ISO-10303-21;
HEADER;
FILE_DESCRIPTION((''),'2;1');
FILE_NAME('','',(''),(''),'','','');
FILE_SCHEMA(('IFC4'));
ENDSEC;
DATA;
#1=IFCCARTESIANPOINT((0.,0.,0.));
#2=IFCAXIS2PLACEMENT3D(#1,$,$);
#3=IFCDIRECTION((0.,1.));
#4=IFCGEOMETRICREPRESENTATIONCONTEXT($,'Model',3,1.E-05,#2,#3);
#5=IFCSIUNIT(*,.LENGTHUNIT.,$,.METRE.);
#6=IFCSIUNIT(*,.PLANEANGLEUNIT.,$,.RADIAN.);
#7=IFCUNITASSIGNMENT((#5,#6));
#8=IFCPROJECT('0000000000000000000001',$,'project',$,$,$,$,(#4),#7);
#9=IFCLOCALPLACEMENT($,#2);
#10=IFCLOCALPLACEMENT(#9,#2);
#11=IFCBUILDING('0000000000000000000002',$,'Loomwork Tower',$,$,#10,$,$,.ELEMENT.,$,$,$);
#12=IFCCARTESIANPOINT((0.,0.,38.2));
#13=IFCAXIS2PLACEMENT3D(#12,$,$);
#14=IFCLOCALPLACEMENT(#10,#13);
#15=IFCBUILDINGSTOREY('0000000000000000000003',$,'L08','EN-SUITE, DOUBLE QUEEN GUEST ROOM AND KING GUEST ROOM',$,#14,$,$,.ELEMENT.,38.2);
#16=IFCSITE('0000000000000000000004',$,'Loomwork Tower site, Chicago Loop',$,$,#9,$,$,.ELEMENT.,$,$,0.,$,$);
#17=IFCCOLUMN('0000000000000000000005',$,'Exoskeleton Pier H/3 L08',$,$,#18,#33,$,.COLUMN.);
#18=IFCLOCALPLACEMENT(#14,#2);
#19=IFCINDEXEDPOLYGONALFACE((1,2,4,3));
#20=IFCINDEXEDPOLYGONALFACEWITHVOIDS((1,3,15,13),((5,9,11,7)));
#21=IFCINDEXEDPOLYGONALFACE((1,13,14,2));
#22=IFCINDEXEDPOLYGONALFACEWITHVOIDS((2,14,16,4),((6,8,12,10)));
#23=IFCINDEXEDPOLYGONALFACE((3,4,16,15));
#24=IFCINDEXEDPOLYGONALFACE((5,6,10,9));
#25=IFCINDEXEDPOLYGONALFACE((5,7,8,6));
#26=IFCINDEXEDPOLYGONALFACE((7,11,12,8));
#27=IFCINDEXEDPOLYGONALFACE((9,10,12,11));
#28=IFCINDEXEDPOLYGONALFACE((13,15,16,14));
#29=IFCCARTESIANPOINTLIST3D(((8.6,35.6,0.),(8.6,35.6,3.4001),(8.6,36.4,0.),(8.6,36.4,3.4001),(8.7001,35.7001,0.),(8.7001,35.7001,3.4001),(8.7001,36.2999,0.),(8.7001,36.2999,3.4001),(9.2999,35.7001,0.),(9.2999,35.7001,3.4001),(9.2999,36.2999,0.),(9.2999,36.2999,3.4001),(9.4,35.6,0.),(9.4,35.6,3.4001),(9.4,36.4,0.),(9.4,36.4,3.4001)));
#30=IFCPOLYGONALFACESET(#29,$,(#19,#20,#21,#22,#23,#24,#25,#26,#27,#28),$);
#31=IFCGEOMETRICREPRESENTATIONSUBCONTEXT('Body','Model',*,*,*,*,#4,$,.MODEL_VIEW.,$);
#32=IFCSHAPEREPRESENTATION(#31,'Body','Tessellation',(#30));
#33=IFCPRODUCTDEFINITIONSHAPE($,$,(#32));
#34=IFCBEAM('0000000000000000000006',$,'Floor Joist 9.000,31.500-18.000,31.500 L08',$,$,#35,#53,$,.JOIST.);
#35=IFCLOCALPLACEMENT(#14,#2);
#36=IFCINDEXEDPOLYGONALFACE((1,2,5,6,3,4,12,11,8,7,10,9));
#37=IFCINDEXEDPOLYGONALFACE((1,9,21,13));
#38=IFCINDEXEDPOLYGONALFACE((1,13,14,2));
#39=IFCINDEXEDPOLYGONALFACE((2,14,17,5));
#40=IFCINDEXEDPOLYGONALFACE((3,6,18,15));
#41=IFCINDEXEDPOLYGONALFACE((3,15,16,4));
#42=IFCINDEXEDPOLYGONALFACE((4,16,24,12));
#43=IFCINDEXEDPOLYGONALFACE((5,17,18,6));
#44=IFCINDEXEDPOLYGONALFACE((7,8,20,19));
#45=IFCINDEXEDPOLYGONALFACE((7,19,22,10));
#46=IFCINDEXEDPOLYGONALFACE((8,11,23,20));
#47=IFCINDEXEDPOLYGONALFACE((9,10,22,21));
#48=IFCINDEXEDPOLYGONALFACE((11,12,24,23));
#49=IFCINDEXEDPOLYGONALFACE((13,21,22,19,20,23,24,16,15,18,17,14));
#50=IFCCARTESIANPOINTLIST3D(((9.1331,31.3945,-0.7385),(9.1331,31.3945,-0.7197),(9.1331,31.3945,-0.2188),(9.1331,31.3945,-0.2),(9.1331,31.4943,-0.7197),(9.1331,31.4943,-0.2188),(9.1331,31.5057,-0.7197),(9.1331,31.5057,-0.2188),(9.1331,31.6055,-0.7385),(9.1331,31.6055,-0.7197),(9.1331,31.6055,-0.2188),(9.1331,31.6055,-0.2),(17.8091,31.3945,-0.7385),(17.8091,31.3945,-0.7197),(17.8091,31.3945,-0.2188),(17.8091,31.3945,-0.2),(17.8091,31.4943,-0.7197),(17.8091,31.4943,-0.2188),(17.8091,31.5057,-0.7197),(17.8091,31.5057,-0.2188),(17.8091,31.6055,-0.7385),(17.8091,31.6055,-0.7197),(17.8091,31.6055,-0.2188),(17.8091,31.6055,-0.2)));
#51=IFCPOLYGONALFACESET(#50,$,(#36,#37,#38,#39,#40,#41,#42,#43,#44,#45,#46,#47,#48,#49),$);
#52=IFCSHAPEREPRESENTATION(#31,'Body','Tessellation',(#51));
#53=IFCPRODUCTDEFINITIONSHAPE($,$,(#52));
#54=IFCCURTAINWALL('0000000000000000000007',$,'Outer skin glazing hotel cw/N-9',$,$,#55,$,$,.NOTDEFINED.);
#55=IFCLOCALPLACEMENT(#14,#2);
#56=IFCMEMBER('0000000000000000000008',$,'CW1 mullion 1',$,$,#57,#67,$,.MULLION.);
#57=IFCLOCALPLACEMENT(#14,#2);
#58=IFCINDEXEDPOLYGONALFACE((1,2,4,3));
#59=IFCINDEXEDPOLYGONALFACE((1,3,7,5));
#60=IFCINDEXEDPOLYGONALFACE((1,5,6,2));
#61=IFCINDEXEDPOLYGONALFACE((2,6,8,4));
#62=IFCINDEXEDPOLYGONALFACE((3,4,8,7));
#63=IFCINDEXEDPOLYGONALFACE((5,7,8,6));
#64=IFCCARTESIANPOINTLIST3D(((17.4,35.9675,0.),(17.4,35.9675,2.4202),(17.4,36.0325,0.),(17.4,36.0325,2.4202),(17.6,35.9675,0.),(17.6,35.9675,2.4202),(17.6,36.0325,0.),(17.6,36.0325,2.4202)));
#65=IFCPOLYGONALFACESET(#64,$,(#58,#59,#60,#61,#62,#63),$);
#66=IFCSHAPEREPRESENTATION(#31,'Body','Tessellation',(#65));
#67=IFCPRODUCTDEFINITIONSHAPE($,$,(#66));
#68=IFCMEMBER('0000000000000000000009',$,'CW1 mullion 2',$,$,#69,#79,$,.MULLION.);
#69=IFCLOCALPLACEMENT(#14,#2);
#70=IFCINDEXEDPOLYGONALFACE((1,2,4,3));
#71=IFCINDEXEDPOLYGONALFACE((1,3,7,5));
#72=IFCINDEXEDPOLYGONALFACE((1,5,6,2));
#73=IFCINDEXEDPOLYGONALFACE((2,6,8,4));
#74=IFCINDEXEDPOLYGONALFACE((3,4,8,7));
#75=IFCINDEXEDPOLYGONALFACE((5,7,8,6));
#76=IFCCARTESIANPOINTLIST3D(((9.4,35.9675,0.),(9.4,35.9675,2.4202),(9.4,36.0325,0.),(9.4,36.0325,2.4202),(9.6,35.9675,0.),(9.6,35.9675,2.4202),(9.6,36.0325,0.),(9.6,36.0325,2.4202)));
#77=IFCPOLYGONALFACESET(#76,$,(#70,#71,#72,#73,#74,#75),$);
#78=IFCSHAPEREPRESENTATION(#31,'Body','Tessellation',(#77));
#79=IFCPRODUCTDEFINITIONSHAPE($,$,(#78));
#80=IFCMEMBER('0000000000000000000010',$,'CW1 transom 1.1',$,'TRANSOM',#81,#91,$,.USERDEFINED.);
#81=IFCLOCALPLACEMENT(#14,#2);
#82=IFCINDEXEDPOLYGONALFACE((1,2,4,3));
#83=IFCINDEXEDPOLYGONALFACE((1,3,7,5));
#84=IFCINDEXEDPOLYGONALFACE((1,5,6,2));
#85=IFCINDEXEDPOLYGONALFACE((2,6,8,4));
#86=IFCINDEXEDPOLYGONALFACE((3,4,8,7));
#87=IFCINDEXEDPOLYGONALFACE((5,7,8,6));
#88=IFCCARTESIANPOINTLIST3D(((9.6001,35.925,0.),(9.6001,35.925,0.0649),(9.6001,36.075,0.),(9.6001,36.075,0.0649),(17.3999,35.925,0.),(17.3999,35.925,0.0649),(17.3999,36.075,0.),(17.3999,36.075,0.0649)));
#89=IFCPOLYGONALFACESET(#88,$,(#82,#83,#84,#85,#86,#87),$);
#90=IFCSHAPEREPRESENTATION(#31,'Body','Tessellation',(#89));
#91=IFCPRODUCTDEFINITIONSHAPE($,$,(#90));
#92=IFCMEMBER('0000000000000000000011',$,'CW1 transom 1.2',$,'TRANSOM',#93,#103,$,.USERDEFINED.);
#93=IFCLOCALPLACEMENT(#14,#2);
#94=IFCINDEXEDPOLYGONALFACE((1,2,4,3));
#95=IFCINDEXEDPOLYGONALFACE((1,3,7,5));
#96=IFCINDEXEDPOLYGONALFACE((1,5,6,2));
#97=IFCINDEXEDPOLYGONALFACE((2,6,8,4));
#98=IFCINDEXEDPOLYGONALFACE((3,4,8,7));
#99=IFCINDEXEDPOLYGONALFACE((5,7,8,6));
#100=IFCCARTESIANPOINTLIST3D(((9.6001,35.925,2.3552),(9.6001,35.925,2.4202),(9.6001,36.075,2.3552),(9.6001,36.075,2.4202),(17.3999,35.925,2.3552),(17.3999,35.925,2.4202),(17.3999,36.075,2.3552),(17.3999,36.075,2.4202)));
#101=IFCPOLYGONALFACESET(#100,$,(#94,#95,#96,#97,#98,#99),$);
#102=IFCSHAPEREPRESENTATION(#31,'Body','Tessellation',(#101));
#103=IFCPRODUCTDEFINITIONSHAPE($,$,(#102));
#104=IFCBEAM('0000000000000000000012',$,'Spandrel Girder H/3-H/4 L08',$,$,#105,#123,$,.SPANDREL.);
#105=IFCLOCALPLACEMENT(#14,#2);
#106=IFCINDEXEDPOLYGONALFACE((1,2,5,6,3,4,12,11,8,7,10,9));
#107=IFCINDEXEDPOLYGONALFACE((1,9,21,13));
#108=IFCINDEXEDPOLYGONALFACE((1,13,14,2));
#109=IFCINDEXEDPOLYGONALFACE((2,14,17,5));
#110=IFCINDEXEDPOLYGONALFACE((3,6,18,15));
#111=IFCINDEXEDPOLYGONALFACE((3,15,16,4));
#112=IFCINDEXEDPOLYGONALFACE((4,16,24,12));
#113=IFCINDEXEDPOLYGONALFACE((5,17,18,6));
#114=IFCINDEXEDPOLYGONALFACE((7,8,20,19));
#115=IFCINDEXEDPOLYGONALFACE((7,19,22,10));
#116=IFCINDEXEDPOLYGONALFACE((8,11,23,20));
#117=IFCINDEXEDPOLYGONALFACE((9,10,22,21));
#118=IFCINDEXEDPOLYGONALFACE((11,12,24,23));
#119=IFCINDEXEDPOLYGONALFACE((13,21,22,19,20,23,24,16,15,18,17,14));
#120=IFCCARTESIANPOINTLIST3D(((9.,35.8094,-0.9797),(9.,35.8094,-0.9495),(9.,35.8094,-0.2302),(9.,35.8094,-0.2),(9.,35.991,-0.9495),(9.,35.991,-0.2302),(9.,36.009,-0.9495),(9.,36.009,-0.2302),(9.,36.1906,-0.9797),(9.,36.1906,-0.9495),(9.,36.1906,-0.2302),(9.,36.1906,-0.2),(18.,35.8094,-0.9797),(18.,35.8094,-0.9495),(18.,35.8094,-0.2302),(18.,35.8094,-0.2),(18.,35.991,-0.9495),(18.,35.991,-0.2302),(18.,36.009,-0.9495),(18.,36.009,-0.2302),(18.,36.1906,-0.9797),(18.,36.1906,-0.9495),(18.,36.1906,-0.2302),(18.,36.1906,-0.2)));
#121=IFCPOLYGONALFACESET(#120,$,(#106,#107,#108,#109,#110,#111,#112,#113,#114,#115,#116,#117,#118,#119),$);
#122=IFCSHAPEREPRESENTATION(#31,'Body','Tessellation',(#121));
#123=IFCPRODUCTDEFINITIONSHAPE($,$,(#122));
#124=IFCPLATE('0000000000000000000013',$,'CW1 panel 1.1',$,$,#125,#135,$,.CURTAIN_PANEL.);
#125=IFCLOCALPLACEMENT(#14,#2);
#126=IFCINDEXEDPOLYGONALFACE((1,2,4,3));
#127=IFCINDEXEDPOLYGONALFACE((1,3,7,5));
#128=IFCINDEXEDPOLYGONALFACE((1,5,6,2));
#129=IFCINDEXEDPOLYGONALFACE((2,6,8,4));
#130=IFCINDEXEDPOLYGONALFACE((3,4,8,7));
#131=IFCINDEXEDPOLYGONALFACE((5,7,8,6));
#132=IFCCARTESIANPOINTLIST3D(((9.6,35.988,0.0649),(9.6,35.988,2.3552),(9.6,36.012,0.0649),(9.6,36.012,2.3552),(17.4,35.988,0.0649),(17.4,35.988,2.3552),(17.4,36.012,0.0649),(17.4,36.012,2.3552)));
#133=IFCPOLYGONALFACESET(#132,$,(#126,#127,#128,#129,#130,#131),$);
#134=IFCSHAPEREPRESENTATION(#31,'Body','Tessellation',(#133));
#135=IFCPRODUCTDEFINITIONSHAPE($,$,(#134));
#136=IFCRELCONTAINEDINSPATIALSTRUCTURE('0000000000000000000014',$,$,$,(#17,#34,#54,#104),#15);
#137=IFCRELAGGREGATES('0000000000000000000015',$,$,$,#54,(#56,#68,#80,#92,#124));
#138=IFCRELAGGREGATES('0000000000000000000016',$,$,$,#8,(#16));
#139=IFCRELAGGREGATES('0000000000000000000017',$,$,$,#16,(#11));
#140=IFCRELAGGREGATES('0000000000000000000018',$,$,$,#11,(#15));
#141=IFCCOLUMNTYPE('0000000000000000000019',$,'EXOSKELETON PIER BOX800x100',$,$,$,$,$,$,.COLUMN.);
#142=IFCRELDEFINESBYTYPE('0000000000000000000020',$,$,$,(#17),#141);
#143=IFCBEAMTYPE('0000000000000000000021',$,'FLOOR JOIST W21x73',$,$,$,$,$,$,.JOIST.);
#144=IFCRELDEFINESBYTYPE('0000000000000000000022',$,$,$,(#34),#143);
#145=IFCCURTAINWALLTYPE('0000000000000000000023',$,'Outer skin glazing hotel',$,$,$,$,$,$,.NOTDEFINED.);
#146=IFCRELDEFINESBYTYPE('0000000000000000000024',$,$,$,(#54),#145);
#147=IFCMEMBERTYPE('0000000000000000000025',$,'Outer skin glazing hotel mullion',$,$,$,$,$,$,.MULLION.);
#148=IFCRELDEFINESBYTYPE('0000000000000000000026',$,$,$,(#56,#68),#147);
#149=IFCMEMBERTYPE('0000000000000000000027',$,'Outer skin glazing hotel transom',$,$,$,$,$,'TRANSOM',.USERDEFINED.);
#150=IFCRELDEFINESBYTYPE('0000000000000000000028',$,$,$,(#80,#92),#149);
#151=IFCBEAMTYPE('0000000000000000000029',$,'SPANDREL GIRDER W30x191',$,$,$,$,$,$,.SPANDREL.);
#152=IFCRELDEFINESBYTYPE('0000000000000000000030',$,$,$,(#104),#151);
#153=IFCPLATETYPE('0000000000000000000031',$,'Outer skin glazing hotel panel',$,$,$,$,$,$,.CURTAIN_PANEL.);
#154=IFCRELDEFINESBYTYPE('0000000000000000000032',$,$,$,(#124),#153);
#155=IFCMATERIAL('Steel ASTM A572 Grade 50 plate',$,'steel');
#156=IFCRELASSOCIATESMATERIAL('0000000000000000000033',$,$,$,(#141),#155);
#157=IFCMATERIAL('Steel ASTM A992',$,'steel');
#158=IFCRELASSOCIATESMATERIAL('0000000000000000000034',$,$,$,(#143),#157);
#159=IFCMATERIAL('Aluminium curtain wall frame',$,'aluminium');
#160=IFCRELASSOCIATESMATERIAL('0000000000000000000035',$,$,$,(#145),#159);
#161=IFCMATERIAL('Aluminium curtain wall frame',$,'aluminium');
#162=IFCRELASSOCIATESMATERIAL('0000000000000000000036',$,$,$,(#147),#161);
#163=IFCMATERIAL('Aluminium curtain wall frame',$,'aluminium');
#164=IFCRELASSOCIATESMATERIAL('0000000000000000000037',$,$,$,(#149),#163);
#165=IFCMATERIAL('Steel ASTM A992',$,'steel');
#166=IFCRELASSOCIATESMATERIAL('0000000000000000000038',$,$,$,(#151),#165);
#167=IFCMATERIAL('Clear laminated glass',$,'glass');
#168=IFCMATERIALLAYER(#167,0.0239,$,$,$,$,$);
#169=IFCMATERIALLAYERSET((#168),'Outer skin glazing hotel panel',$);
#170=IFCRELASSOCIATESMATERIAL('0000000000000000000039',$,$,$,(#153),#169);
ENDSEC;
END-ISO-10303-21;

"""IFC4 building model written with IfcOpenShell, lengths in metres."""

from ifc_helpers import new_model, si_unit, direction, frame, origin, origin_2d, place, context, subcontext, project, spatial, rectangle, hollow_rectangle, i_section, extrude, material, layer, layer_set, material_profile, profile_set, type_object, element, aggregate, save


model = new_model("IFC4")

# Units and contexts
model_context = context("Model", 3, precision=1e-05, world=origin(), true_north=direction((0.0, 1.0)))
body_context = subcontext(model_context, "Body", "Model", "MODEL_VIEW")
ifc_project = project(units=[si_unit("LENGTHUNIT", "METRE"), si_unit("PLANEANGLEUNIT", "RADIAN")], contexts=[model_context])

# Site, building, storey
site_placement = place(None, origin())
site = spatial("IfcSite", under=ifc_project, at=site_placement, Name="Loomwork Tower site, Chicago Loop", CompositionType="ELEMENT", RefElevation=0.0)
building_placement = place(site_placement, origin())
building = spatial("IfcBuilding", under=site, at=building_placement, Name="Loomwork Tower", CompositionType="ELEMENT")
storey_placement = place(building_placement, frame((0.0, 0.0, 38.2)))
storey = spatial("IfcBuildingStorey", under=building, at=storey_placement, Name="L08", Description="EN-SUITE, DOUBLE QUEEN GUEST ROOM AND KING GUEST ROOM", CompositionType="ELEMENT", Elevation=38.2)

# Column
ifc_material_1 = material(Name="Steel ASTM A572 Grade 50 plate", Category="steel")
ifc_material_profile_1 = material_profile(ifc_material_1, hollow_rectangle(XDim=0.8, YDim=0.8, WallThickness=0.1001, at=origin_2d()), Name="BOX800x100")
ifc_profile_set_1 = profile_set([ifc_material_profile_1], Name="Steel ASTM A572 Grade 50 plate")
column_type = type_object("IfcColumnType", Name="EXOSKELETON PIER BOX800x100", PredefinedType="COLUMN", material=ifc_profile_set_1)
column_placement = place(storey_placement, frame((9.0, 36.0, 0.0), z_axis=(0.0, 0.0, 1.0), x_axis=(1.0, 0.0, 0.0)))
element("IfcColumn", 1, at=column_placement, inside=storey, type_object=column_type, Name="Exoskeleton Pier H/3 L08", PredefinedType="COLUMN", context=body_context, shape_type="SweptSolid", body=[
    extrude(hollow_rectangle(XDim=0.8, YDim=0.8, WallThickness=0.1001, at=origin_2d()), origin(), (0.0, 0.0, 1.0), 3.4001),
])

# Beam
ifc_material_2 = material(Name="Steel ASTM A992", Category="steel")
ifc_material_profile_2 = material_profile(ifc_material_2, i_section(OverallWidth=0.2109, OverallDepth=0.5386, WebThickness=0.0115, FlangeThickness=0.0188, at=origin_2d()), Name="W21x73")
ifc_profile_set_2 = profile_set([ifc_material_profile_2], Name="Steel ASTM A992")
beam_type_1 = type_object("IfcBeamType", Name="FLOOR JOIST W21x73", PredefinedType="JOIST", material=ifc_profile_set_2)
beam_1_placement = place(storey_placement, frame((9.1331, 31.5, -0.4692), z_axis=(1.0, 0.0, 0.0), x_axis=(0.0, 1.0, 0.0)))
element("IfcBeam", 2, at=beam_1_placement, inside=storey, type_object=beam_type_1, Name="Floor Joist 9.000,31.500-18.000,31.500 L08", PredefinedType="JOIST", context=body_context, shape_type="SweptSolid", body=[
    extrude(i_section(OverallWidth=0.2109, OverallDepth=0.5386, WebThickness=0.0115, FlangeThickness=0.0188, at=origin_2d()), origin(), (0.0, 0.0, 1.0), 8.676),
])

# Curtain wall, members
ifc_material_3 = material(Name="Aluminium curtain wall frame", Category="aluminium")
curtain_wall_type = type_object("IfcCurtainWallType", Name="Outer skin glazing hotel", PredefinedType="NOTDEFINED", material=ifc_material_3)
curtain_wall_placement = place(storey_placement, origin())
curtain_wall = element("IfcCurtainWall", 3, at=curtain_wall_placement, inside=storey, type_object=curtain_wall_type, Name="Outer skin glazing hotel cw/N-9", PredefinedType="NOTDEFINED")
ifc_material_4 = material(Name="Aluminium curtain wall frame", Category="aluminium")
ifc_material_profile_3 = material_profile(ifc_material_4, rectangle(XDim=0.0649, YDim=0.2, at=origin_2d()), Name="AL 65x200")
ifc_profile_set_3 = profile_set([ifc_material_profile_3], Name="Aluminium curtain wall frame")
member_type_1 = type_object("IfcMemberType", Name="Outer skin glazing hotel mullion", PredefinedType="MULLION", material=ifc_profile_set_3)
member_1_placement = place(storey_placement, frame((17.5, 36.0, 0.0), z_axis=(0.0, 0.0, 1.0), x_axis=(0.0, -1.0, 0.0)))
member_1 = element("IfcMember", 4, at=member_1_placement, type_object=member_type_1, Name="CW1 mullion 1", PredefinedType="MULLION", context=body_context, shape_type="SweptSolid", body=[
    extrude(rectangle(XDim=0.0649, YDim=0.2, at=origin_2d()), origin(), (0.0, 0.0, 1.0), 2.4202),
])
member_2_placement = place(storey_placement, frame((9.5, 36.0, 0.0), z_axis=(0.0, 0.0, 1.0), x_axis=(0.0, -1.0, 0.0)))
member_2 = element("IfcMember", 5, at=member_2_placement, type_object=member_type_1, Name="CW1 mullion 2", PredefinedType="MULLION", context=body_context, shape_type="SweptSolid", body=[
    extrude(rectangle(XDim=0.0649, YDim=0.2, at=origin_2d()), origin(), (0.0, 0.0, 1.0), 2.4202),
])
ifc_material_5 = material(Name="Aluminium curtain wall frame", Category="aluminium")
ifc_material_profile_4 = material_profile(ifc_material_5, rectangle(XDim=0.1499, YDim=0.0649, at=origin_2d()), Name="AL 65x150")
ifc_profile_set_4 = profile_set([ifc_material_profile_4], Name="Aluminium curtain wall frame")
member_type_2 = type_object("IfcMemberType", Name="Outer skin glazing hotel transom", ElementType="TRANSOM", PredefinedType="USERDEFINED", material=ifc_profile_set_4)
member_3_placement = place(storey_placement, frame((17.3999, 36.0, 0.0325), z_axis=(-1.0, 0.0, 0.0), x_axis=(0.0, -1.0, 0.0)))
member_3 = element("IfcMember", 6, at=member_3_placement, type_object=member_type_2, Name="CW1 transom 1.1", ObjectType="TRANSOM", PredefinedType="USERDEFINED", context=body_context, shape_type="SweptSolid", body=[
    extrude(rectangle(XDim=0.1499, YDim=0.0649, at=origin_2d()), origin(), (0.0, 0.0, 1.0), 7.7998),
])
member_4_placement = place(storey_placement, frame((17.3999, 36.0, 2.3877), z_axis=(-1.0, 0.0, 0.0), x_axis=(0.0, -1.0, 0.0)))
member_4 = element("IfcMember", 7, at=member_4_placement, type_object=member_type_2, Name="CW1 transom 1.2", ObjectType="TRANSOM", PredefinedType="USERDEFINED", context=body_context, shape_type="SweptSolid", body=[
    extrude(rectangle(XDim=0.1499, YDim=0.0649, at=origin_2d()), origin(), (0.0, 0.0, 1.0), 7.7998),
])

# Beam
ifc_material_6 = material(Name="Steel ASTM A992", Category="steel")
ifc_material_profile_5 = material_profile(ifc_material_6, i_section(OverallWidth=0.3811, OverallDepth=0.7798, WebThickness=0.0181, FlangeThickness=0.0303, at=origin_2d()), Name="W30x191")
ifc_profile_set_5 = profile_set([ifc_material_profile_5], Name="Steel ASTM A992")
beam_type_2 = type_object("IfcBeamType", Name="SPANDREL GIRDER W30x191", PredefinedType="SPANDREL", material=ifc_profile_set_5)
beam_2_placement = place(storey_placement, frame((9.0, 36.0, -0.5898), z_axis=(1.0, 0.0, 0.0), x_axis=(0.0, 1.0, 0.0)))
element("IfcBeam", 8, at=beam_2_placement, inside=storey, type_object=beam_type_2, Name="Spandrel Girder H/3-H/4 L08", PredefinedType="SPANDREL", context=body_context, shape_type="SweptSolid", body=[
    extrude(i_section(OverallWidth=0.3811, OverallDepth=0.7798, WebThickness=0.0181, FlangeThickness=0.0303, at=origin_2d()), origin(), (0.0, 0.0, 1.0), 9.0),
])

# Plate
ifc_material_7 = material(Name="Clear laminated glass", Category="glass")
ifc_layer_1 = layer(ifc_material_7, 0.0239)
ifc_layer_set_1 = layer_set([ifc_layer_1], Name="Outer skin glazing hotel panel")
plate_type = type_object("IfcPlateType", Name="Outer skin glazing hotel panel", PredefinedType="CURTAIN_PANEL", material=ifc_layer_set_1)
plate_placement = place(storey_placement, frame((13.5, 36.0, 0.0649), z_axis=(0.0, 0.0, 1.0), x_axis=(-1.0, 0.0, 0.0)))
plate = element("IfcPlate", 9, at=plate_placement, type_object=plate_type, Name="CW1 panel 1.1", PredefinedType="CURTAIN_PANEL", context=body_context, shape_type="SweptSolid", body=[
    extrude(rectangle(XDim=7.8, YDim=0.0239, at=origin_2d()), origin(), (0.0, 0.0, 1.0), 2.2903),
])
aggregate(curtain_wall, [member_1, member_2, member_3, member_4, plate])

save(model, "model.ifc")
